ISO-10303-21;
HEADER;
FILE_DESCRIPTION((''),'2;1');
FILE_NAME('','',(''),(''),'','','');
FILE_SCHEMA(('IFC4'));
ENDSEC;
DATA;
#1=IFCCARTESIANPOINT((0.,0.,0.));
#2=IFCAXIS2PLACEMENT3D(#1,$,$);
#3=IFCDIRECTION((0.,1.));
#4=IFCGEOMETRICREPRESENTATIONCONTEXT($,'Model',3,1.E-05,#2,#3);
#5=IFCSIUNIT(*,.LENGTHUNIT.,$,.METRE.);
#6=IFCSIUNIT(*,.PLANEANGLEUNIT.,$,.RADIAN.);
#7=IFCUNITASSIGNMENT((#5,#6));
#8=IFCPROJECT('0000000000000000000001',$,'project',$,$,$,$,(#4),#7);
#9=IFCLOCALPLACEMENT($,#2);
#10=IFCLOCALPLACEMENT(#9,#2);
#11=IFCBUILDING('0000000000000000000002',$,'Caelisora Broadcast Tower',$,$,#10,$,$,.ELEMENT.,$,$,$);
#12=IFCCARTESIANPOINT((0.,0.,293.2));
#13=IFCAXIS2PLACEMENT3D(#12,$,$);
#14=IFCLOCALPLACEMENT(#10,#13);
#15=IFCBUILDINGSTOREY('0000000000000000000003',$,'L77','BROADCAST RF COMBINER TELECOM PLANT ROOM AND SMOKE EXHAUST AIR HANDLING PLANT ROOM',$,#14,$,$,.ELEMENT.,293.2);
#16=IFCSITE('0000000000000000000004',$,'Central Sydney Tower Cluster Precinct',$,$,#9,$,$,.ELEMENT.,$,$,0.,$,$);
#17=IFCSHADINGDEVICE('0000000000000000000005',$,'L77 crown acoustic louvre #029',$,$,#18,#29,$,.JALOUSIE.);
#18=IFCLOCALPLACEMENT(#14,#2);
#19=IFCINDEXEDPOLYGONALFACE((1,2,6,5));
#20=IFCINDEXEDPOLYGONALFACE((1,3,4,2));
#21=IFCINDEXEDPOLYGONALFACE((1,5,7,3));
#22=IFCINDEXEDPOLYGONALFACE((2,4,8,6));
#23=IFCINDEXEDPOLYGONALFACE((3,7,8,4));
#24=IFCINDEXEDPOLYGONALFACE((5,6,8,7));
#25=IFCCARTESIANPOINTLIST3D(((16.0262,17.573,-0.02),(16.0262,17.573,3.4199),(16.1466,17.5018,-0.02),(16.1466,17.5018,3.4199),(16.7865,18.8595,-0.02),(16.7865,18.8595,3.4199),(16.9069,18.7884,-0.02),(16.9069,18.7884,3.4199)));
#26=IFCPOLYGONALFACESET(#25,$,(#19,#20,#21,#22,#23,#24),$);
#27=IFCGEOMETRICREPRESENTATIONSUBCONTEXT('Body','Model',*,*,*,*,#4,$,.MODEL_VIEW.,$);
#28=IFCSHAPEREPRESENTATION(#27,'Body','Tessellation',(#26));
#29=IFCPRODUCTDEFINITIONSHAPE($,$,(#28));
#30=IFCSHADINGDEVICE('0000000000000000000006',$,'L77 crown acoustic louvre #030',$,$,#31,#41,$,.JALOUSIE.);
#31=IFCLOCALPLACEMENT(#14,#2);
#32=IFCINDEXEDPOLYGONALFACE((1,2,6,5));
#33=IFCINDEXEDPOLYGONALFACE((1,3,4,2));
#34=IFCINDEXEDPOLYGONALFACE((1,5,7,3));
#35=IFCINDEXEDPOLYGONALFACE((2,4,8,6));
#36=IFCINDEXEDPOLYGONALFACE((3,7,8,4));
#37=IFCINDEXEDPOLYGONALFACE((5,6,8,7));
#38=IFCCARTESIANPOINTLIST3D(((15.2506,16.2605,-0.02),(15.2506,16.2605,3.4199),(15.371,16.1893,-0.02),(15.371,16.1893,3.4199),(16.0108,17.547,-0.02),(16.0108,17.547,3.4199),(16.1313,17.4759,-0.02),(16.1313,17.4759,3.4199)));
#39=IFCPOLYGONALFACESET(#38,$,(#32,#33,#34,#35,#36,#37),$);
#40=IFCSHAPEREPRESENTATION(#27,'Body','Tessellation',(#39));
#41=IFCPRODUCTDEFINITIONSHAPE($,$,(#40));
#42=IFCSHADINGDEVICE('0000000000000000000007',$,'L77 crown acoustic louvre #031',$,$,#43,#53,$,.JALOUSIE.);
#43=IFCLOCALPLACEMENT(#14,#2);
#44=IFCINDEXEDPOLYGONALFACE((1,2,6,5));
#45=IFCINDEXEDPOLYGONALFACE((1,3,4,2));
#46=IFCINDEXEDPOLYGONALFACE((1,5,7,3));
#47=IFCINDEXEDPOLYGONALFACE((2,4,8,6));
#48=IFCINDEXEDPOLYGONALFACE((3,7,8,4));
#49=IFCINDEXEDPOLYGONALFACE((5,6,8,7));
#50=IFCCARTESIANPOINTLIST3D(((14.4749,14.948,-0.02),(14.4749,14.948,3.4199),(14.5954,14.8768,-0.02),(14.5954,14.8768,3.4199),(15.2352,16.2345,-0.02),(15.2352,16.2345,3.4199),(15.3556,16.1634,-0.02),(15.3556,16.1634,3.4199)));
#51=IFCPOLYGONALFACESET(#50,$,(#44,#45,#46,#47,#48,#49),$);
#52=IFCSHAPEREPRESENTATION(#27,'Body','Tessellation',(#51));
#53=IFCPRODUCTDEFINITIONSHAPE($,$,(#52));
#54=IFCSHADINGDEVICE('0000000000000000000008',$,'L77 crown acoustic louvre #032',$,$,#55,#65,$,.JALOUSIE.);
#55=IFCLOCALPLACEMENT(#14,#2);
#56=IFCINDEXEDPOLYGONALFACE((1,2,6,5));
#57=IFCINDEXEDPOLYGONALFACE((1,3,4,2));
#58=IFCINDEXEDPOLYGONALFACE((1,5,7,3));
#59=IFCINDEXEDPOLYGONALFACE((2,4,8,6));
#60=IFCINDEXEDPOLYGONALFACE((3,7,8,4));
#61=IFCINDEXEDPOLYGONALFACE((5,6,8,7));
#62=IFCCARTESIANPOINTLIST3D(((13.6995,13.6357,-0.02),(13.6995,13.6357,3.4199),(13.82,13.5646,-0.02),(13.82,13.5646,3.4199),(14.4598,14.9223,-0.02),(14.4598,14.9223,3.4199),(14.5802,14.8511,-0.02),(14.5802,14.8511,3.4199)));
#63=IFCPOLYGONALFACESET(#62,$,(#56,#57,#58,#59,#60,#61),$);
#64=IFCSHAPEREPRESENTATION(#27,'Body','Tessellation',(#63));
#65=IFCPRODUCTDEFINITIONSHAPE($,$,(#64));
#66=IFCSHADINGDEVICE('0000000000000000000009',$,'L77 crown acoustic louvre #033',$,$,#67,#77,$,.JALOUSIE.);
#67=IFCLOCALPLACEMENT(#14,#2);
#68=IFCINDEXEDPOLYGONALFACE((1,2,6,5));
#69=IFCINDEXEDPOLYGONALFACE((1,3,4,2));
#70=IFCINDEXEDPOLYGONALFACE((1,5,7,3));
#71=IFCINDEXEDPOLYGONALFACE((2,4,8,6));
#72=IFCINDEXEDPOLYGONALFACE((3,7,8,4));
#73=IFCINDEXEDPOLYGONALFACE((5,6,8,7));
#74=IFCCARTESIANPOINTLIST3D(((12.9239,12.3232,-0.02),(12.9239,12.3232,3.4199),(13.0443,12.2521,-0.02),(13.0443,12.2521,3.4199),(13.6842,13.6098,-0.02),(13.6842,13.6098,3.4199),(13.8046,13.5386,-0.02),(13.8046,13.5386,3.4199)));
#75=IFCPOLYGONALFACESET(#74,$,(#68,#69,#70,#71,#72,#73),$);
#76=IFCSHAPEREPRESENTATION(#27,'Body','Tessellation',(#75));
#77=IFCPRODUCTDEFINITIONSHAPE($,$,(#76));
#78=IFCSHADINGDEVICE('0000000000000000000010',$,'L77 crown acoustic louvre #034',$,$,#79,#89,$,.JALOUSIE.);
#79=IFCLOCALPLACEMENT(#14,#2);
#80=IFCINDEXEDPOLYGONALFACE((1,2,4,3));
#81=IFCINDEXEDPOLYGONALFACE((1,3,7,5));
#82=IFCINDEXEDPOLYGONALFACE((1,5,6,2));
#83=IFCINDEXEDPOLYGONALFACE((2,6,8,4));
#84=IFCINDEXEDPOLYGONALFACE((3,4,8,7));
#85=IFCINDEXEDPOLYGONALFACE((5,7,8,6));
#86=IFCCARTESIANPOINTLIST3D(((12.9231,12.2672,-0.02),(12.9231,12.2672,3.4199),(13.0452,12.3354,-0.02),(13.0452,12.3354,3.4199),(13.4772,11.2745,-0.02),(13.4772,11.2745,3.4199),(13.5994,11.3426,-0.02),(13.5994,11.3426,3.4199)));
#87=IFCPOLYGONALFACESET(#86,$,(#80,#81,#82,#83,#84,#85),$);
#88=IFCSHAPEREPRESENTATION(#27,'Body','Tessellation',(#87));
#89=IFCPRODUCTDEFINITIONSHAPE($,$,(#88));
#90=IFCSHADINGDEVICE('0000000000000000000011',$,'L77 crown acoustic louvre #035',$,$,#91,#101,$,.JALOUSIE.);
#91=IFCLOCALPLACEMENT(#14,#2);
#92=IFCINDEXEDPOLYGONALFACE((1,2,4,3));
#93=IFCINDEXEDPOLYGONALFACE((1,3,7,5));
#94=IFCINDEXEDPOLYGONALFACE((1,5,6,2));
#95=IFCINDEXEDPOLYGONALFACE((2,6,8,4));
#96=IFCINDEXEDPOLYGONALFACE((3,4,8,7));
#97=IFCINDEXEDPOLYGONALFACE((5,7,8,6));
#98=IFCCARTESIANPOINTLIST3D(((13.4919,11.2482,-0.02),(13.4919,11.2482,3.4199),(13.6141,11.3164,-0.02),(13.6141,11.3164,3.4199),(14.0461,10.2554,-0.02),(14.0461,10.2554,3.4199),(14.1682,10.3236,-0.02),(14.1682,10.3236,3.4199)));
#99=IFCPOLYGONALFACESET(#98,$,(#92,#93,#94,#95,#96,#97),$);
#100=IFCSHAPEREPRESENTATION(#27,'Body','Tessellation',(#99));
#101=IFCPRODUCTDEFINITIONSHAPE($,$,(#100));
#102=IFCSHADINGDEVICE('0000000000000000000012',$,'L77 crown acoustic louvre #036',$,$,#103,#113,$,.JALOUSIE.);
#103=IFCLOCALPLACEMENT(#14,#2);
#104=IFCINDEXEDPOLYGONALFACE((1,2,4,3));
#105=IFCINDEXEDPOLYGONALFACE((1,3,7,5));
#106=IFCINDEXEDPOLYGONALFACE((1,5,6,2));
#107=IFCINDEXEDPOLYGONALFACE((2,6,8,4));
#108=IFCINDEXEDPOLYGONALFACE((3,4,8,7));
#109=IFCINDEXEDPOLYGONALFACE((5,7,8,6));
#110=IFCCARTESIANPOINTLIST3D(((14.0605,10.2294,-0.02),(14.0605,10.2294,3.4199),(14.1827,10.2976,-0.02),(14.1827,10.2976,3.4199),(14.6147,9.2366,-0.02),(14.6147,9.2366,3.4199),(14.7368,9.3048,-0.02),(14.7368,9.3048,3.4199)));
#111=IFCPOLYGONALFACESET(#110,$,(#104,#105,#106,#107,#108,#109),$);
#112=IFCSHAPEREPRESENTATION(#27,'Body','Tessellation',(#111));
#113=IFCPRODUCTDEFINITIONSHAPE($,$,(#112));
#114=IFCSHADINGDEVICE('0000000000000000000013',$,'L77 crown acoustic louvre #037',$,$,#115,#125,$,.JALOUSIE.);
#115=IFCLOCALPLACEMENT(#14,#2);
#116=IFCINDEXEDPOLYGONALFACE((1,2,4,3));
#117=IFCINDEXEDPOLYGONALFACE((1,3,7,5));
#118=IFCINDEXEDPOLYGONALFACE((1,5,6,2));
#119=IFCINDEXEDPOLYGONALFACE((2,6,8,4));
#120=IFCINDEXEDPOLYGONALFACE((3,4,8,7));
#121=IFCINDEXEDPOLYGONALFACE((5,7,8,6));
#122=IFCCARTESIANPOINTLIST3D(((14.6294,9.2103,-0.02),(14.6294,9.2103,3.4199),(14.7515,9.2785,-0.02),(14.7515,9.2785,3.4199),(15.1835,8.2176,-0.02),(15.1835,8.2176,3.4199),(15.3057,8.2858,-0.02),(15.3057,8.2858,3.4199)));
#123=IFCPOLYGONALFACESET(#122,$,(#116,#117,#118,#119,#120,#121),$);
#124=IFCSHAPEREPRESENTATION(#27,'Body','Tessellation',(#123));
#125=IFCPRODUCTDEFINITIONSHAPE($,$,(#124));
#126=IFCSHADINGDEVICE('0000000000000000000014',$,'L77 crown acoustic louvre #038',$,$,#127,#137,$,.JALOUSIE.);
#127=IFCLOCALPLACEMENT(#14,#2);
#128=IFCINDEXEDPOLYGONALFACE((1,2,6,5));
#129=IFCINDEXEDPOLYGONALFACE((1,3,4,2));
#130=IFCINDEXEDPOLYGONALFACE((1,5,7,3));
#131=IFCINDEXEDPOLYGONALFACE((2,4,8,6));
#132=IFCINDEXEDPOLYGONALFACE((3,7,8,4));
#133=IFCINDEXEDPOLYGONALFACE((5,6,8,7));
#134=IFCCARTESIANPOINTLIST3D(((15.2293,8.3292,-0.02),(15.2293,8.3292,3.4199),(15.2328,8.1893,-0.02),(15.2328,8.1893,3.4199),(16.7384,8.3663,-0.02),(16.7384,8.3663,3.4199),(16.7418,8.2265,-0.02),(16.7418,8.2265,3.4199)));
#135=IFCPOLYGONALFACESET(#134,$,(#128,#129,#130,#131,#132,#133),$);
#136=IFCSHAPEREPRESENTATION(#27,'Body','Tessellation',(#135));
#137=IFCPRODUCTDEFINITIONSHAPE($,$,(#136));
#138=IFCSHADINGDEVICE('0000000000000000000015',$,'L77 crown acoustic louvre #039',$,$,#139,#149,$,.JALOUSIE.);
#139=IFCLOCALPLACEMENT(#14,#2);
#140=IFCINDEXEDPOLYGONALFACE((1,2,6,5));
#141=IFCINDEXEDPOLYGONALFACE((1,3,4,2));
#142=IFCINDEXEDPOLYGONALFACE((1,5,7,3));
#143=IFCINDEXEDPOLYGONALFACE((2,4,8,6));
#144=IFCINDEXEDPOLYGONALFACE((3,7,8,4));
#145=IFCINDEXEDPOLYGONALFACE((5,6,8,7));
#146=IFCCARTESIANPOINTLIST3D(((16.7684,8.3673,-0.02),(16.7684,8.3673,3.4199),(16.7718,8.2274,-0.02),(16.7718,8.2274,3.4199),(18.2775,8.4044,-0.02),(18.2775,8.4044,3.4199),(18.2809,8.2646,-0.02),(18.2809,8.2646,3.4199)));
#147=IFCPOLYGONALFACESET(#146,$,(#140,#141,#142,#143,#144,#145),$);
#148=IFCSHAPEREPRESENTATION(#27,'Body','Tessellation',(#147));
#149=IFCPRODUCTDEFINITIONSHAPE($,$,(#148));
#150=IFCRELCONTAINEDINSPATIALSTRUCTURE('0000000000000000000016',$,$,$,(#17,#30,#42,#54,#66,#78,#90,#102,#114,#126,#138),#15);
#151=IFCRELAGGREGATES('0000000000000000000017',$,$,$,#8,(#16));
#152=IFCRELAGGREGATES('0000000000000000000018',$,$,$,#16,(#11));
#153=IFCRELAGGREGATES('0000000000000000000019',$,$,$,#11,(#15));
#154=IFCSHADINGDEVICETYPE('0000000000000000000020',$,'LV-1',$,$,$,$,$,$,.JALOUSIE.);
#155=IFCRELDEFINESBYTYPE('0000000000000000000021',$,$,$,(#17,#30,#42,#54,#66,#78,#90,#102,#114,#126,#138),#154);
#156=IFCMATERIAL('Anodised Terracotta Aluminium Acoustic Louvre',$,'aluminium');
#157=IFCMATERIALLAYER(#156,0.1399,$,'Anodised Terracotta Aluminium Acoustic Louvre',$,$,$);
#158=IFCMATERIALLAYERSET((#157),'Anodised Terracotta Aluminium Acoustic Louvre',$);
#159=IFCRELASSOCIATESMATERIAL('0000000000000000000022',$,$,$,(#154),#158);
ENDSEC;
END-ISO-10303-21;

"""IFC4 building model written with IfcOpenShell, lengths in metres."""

from ifc_helpers import new_model, si_unit, direction, frame, origin, origin_2d, place, context, subcontext, project, spatial, rectangle, extrude, source, transform, mapped, material, layer, layer_set, type_object, type_shapes, element, save


model = new_model("IFC4")

# Units and contexts
model_context = context("Model", 3, precision=1e-05, world=origin(), true_north=direction((0.0, 1.0)))
body_context = subcontext(model_context, "Body", "Model", "MODEL_VIEW")
ifc_project = project(units=[si_unit("LENGTHUNIT", "METRE"), si_unit("PLANEANGLEUNIT", "RADIAN")], contexts=[model_context])

# Site, building, storey
site_placement = place(None, origin())
site = spatial("IfcSite", under=ifc_project, at=site_placement, Name="Central Sydney Tower Cluster Precinct", CompositionType="ELEMENT", RefElevation=0.0)
building_placement = place(site_placement, origin())
building = spatial("IfcBuilding", under=site, at=building_placement, Name="Caelisora Broadcast Tower", CompositionType="ELEMENT")
storey_placement = place(building_placement, frame((0.0, 0.0, 293.2)))
storey = spatial("IfcBuildingStorey", under=building, at=storey_placement, Name="L77", Description="BROADCAST RF COMBINER TELECOM PLANT ROOM AND SMOKE EXHAUST AIR HANDLING PLANT ROOM", CompositionType="ELEMENT", Elevation=293.2)

# Shading devices
ifc_material_1 = material(Name="Anodised Terracotta Aluminium Acoustic Louvre", Category="aluminium")
ifc_layer_1 = layer(ifc_material_1, 0.1399, Name="Anodised Terracotta Aluminium Acoustic Louvre")
ifc_layer_set_1 = layer_set([ifc_layer_1], Name="Anodised Terracotta Aluminium Acoustic Louvre")
shading_device_type = type_object("IfcShadingDeviceType", Name="LV-1", PredefinedType="JALOUSIE", material=ifc_layer_set_1)
shared_shape_1 = source(origin(), body_context, "Body", "SweptSolid", [
    extrude(rectangle(XDim=1.4944, YDim=0.1399, at=origin_2d()), origin(), (0.0, 0.0, 1.0), 3.4399),
])
for number, where, z_axis, x_axis, name in (
    (1, (16.4666, 18.1807, -0.02), (0.0, 0.0, 1.0), (-0.508741, -0.86092, 0.0), "L77 crown acoustic louvre #029"),
    (2, (15.6909, 16.8682, -0.02), (0.0, 0.0, 1.0), (-0.508741, -0.86092, 0.0), "L77 crown acoustic louvre #030"),
    (3, (14.9153, 15.5557, -0.02), (0.0, 0.0, 1.0), (-0.508741, -0.86092, 0.0), "L77 crown acoustic louvre #031"),
    (4, (14.1399, 14.2434, -0.02), (0.0, 0.0, 1.0), (-0.508741, -0.86092, 0.0), "L77 crown acoustic louvre #032"),
    (5, (13.3643, 12.9309, -0.02), (0.0, 0.0, 1.0), (-0.508741, -0.86092, 0.0), "L77 crown acoustic louvre #033"),
):
    element("IfcShadingDevice", number, at=place(storey_placement, frame(where, z_axis=z_axis, x_axis=x_axis)), inside=storey, type_object=shading_device_type, Name=name, PredefinedType="JALOUSIE", context=body_context, shape_type="MappedRepresentation", body=[
        mapped(shared_shape_1, transform((0.0, 0.0, 0.0), scale=1.0)),
    ])
shared_shape_2 = source(origin(), body_context, "Body", "SweptSolid", [
    extrude(rectangle(XDim=1.137, YDim=0.1399, at=origin_2d()), origin(), (0.0, 0.0, 1.0), 3.4399),
])
for number, where, z_axis, x_axis, name in (
    (6, (13.2612, 11.8049, -0.02), (0.0, 0.0, 1.0), (0.487403, -0.873177, 0.0), "L77 crown acoustic louvre #034"),
    (7, (13.8301, 10.7859, -0.02), (0.0, 0.0, 1.0), (0.487403, -0.873177, 0.0), "L77 crown acoustic louvre #035"),
    (8, (14.3987, 9.7671, -0.02), (0.0, 0.0, 1.0), (0.487403, -0.873177, 0.0), "L77 crown acoustic louvre #036"),
    (9, (14.9675, 8.748, -0.02), (0.0, 0.0, 1.0), (0.487403, -0.873177, 0.0), "L77 crown acoustic louvre #037"),
):
    element("IfcShadingDevice", number, at=place(storey_placement, frame(where, z_axis=z_axis, x_axis=x_axis)), inside=storey, type_object=shading_device_type, Name=name, PredefinedType="JALOUSIE", context=body_context, shape_type="MappedRepresentation", body=[
        mapped(shared_shape_2, transform((0.0, 0.0, 0.0), scale=1.0)),
    ])
shared_shape_3 = source(origin(), body_context, "Body", "SweptSolid", [
    extrude(rectangle(XDim=1.5095, YDim=0.1399, at=origin_2d()), origin(), (0.0, 0.0, 1.0), 3.4399),
])
type_shapes(shading_device_type, [shared_shape_1, shared_shape_2, shared_shape_3])
for number, where, z_axis, x_axis, name in (
    (10, (15.9856, 8.2778, -0.02), (0.0, 0.0, 1.0), (0.999697, 0.024607, 0.0), "L77 crown acoustic louvre #038"),
    (11, (17.5247, 8.3159, -0.02), (0.0, 0.0, 1.0), (0.999697, 0.024607, 0.0), "L77 crown acoustic louvre #039"),
):
    element("IfcShadingDevice", number, at=place(storey_placement, frame(where, z_axis=z_axis, x_axis=x_axis)), inside=storey, type_object=shading_device_type, Name=name, PredefinedType="JALOUSIE", context=body_context, shape_type="MappedRepresentation", body=[
        mapped(shared_shape_3, transform((0.0, 0.0, 0.0), scale=1.0)),
    ])

save(model, "model.ifc")
